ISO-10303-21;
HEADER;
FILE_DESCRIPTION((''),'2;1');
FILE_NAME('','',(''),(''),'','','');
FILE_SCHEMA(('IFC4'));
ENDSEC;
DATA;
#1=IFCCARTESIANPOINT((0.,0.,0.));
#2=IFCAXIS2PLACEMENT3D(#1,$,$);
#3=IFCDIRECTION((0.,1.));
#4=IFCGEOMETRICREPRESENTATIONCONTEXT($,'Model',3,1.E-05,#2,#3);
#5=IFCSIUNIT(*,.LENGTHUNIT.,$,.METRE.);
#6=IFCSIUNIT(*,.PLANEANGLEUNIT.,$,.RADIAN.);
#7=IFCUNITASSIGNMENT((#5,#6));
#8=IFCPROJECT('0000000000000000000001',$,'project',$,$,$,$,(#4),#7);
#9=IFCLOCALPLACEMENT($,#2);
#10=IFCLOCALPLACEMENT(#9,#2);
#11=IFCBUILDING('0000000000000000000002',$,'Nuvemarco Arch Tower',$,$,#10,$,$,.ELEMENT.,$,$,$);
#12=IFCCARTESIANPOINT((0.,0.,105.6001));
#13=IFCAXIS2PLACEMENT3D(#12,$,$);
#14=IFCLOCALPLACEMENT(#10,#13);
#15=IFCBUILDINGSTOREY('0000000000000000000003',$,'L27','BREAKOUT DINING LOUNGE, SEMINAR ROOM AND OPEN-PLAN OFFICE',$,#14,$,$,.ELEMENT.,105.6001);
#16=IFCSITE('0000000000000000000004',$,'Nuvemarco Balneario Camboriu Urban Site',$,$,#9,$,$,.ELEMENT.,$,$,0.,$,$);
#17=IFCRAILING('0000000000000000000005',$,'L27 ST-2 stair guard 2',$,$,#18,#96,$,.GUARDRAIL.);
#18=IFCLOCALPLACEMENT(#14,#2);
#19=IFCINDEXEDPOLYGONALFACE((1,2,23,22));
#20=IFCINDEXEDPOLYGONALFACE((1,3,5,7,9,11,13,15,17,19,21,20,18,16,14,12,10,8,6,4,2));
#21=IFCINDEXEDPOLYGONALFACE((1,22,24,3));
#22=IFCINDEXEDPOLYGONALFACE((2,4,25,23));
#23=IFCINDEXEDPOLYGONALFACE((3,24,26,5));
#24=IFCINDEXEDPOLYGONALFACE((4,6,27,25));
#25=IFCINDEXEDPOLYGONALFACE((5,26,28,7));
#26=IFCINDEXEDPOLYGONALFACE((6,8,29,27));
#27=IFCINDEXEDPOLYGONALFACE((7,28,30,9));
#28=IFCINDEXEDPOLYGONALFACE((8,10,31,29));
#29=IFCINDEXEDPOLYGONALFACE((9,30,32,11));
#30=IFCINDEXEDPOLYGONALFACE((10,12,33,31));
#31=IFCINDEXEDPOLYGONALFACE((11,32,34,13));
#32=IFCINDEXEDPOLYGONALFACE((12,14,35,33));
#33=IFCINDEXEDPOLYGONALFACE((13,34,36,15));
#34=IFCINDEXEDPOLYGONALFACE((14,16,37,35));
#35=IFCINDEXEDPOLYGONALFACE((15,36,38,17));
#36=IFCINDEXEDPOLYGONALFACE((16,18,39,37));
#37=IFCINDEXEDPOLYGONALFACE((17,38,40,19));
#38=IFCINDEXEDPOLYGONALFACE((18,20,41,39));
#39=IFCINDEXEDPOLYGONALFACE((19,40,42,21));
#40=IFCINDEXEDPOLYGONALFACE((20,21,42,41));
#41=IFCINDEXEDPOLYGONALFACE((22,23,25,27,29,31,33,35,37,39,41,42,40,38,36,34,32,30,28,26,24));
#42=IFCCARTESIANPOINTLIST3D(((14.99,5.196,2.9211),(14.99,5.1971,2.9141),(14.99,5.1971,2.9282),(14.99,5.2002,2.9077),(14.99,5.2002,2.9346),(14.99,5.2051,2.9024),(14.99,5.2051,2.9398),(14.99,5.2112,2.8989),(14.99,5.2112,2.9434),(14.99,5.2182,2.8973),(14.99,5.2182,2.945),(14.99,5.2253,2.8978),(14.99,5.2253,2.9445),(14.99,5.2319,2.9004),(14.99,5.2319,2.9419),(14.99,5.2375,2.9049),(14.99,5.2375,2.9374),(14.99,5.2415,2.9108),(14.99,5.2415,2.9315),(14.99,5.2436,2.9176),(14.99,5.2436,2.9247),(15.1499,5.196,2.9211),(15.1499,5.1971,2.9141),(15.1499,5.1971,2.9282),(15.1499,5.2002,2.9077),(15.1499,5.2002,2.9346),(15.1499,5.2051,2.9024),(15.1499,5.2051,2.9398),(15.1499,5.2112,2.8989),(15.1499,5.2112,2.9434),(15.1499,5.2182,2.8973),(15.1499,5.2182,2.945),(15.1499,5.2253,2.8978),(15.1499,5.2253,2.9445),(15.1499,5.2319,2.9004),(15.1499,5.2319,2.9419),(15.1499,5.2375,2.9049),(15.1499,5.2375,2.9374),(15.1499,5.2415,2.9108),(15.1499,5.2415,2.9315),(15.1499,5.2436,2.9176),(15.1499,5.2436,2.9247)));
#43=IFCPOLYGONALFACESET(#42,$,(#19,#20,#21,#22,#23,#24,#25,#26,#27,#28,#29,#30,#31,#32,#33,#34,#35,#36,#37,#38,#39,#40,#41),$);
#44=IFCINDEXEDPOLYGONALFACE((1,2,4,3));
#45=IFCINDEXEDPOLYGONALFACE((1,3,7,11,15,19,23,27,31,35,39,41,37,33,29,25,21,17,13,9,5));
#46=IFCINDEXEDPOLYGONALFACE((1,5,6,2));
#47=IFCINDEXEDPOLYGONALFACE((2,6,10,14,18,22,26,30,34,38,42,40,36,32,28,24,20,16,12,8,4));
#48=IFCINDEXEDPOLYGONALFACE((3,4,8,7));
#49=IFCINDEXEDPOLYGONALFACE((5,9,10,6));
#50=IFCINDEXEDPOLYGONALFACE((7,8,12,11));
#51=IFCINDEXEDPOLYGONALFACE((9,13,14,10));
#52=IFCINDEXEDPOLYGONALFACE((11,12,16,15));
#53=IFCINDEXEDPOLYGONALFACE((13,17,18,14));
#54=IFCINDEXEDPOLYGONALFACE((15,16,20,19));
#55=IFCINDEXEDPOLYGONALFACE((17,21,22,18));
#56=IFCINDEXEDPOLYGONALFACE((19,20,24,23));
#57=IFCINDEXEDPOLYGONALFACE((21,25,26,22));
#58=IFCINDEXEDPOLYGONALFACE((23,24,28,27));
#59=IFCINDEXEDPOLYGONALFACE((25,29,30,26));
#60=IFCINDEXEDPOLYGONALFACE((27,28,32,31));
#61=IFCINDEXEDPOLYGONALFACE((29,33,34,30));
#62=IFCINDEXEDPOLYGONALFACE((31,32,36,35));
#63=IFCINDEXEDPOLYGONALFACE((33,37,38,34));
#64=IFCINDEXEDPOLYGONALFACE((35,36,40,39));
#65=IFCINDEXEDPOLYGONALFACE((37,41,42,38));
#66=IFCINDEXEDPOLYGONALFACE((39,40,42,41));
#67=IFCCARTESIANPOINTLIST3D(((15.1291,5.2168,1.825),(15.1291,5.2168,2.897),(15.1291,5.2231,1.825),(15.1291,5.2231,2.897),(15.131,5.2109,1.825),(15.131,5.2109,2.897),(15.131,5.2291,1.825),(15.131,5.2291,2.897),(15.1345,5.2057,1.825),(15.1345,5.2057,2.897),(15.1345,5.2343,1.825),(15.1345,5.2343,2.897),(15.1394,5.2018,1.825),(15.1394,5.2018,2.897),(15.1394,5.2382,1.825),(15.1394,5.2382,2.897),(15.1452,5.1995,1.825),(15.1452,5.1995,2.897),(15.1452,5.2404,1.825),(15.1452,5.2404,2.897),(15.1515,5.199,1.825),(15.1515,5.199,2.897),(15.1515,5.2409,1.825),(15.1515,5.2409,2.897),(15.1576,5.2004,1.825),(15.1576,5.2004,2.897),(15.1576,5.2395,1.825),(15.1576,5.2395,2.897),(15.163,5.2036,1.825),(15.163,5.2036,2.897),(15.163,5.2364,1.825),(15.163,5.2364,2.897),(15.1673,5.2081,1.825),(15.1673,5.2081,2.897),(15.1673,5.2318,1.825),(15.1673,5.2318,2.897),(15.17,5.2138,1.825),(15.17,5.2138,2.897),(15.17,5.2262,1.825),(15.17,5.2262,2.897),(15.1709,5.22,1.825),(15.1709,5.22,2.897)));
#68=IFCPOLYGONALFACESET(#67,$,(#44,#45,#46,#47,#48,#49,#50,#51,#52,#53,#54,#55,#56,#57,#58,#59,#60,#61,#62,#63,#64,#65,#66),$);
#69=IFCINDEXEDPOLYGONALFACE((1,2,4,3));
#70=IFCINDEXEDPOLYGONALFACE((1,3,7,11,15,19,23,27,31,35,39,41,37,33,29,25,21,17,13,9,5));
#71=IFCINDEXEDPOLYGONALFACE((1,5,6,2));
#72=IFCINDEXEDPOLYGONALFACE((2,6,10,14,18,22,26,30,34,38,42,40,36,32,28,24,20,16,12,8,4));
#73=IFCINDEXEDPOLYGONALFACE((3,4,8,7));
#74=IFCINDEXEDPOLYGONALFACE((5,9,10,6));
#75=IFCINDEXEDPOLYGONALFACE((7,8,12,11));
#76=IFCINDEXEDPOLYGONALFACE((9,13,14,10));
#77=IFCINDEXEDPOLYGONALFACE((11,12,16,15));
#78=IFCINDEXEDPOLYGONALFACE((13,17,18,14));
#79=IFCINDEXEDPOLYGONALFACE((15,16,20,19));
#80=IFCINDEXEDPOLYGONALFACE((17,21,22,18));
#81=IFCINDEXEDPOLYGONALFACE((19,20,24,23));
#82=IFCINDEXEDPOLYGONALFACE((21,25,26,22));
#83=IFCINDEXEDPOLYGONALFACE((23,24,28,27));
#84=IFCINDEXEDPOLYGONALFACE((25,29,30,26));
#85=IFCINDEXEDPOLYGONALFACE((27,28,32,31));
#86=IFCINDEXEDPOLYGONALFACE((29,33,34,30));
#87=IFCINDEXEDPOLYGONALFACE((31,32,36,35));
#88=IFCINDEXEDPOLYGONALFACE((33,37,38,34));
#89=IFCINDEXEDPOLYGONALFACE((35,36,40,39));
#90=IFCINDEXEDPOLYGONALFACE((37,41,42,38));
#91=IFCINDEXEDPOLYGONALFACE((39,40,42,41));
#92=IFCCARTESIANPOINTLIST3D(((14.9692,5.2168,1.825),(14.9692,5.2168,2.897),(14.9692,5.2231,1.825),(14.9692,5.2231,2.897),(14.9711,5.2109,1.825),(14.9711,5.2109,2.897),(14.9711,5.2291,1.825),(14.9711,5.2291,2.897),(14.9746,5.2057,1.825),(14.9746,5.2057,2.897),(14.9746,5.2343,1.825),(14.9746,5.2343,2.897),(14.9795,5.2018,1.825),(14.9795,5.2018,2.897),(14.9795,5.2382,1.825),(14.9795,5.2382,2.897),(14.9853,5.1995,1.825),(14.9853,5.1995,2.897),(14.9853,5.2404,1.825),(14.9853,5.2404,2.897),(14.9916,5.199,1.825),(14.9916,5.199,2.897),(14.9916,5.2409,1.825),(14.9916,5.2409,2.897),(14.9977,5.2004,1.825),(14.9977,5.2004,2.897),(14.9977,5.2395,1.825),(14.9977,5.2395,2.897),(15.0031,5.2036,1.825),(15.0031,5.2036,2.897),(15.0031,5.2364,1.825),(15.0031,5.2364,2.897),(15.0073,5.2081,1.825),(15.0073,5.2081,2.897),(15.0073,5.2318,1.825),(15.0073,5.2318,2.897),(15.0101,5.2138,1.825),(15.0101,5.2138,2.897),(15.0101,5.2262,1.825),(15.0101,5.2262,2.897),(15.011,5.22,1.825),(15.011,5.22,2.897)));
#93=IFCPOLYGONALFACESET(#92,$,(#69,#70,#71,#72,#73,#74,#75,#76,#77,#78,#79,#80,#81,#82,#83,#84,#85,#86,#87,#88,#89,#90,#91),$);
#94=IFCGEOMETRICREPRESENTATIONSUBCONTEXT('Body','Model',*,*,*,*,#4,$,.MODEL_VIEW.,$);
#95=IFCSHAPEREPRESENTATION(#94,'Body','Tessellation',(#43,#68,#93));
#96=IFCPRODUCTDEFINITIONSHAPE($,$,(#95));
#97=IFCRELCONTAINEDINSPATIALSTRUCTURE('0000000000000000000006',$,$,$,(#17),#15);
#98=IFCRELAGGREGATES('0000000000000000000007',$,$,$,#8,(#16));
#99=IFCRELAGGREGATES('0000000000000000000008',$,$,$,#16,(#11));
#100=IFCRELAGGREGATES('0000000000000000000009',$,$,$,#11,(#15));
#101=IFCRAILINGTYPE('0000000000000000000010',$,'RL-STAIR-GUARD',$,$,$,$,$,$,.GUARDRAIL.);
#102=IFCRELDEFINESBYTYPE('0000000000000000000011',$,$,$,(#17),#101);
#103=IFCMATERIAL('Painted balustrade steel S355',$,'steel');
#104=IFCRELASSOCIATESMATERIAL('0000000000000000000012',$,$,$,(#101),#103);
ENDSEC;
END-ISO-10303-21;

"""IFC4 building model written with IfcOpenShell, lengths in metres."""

from ifc_helpers import new_model, si_unit, direction, frame, origin, origin_2d, place, context, subcontext, project, spatial, circle, extrude, material, type_object, element, save


model = new_model("IFC4")

# Units and contexts
model_context = context("Model", 3, precision=1e-05, world=origin(), true_north=direction((0.0, 1.0)))
body_context = subcontext(model_context, "Body", "Model", "MODEL_VIEW")
ifc_project = project(units=[si_unit("LENGTHUNIT", "METRE"), si_unit("PLANEANGLEUNIT", "RADIAN")], contexts=[model_context])

# Site, building, storey
site_placement = place(None, origin())
site = spatial("IfcSite", under=ifc_project, at=site_placement, Name="Nuvemarco Balneario Camboriu Urban Site", CompositionType="ELEMENT", RefElevation=0.0)
building_placement = place(site_placement, origin())
building = spatial("IfcBuilding", under=site, at=building_placement, Name="Nuvemarco Arch Tower", CompositionType="ELEMENT")
storey_placement = place(building_placement, frame((0.0, 0.0, 105.6001)))
storey = spatial("IfcBuildingStorey", under=building, at=storey_placement, Name="L27", Description="BREAKOUT DINING LOUNGE, SEMINAR ROOM AND OPEN-PLAN OFFICE", CompositionType="ELEMENT", Elevation=105.6001)

# Railing
ifc_material_1 = material(Name="Painted balustrade steel S355", Category="steel")
railing_type_1 = type_object("IfcRailingType", Name="RL-STAIR-GUARD", PredefinedType="GUARDRAIL", material=ifc_material_1)
railing_1_placement = place(storey_placement, frame((15.1499, 5.22, 1.825)))
element("IfcRailing", 1, at=railing_1_placement, inside=storey, type_object=railing_type_1, Name="L27 ST-2 stair guard 2", PredefinedType="GUARDRAIL", context=body_context, shape_type="SweptSolid", body=[
    extrude(circle(Radius=0.0239, at=origin_2d()), frame((0.0, 0.0, 1.0962), z_axis=(-1.0, 0.0, 0.0), x_axis=(0.0, -1.0, 0.0)), (0.0, 0.0, 1.0), 0.1599),
    extrude(circle(Radius=0.021, at=origin_2d()), origin(), (0.0, 0.0, 1.0), 1.072),
    extrude(circle(Radius=0.021, at=origin_2d()), frame((-0.1599, 0.0, 0.0)), (0.0, 0.0, 1.0), 1.072),
])

save(model, "model.ifc")
